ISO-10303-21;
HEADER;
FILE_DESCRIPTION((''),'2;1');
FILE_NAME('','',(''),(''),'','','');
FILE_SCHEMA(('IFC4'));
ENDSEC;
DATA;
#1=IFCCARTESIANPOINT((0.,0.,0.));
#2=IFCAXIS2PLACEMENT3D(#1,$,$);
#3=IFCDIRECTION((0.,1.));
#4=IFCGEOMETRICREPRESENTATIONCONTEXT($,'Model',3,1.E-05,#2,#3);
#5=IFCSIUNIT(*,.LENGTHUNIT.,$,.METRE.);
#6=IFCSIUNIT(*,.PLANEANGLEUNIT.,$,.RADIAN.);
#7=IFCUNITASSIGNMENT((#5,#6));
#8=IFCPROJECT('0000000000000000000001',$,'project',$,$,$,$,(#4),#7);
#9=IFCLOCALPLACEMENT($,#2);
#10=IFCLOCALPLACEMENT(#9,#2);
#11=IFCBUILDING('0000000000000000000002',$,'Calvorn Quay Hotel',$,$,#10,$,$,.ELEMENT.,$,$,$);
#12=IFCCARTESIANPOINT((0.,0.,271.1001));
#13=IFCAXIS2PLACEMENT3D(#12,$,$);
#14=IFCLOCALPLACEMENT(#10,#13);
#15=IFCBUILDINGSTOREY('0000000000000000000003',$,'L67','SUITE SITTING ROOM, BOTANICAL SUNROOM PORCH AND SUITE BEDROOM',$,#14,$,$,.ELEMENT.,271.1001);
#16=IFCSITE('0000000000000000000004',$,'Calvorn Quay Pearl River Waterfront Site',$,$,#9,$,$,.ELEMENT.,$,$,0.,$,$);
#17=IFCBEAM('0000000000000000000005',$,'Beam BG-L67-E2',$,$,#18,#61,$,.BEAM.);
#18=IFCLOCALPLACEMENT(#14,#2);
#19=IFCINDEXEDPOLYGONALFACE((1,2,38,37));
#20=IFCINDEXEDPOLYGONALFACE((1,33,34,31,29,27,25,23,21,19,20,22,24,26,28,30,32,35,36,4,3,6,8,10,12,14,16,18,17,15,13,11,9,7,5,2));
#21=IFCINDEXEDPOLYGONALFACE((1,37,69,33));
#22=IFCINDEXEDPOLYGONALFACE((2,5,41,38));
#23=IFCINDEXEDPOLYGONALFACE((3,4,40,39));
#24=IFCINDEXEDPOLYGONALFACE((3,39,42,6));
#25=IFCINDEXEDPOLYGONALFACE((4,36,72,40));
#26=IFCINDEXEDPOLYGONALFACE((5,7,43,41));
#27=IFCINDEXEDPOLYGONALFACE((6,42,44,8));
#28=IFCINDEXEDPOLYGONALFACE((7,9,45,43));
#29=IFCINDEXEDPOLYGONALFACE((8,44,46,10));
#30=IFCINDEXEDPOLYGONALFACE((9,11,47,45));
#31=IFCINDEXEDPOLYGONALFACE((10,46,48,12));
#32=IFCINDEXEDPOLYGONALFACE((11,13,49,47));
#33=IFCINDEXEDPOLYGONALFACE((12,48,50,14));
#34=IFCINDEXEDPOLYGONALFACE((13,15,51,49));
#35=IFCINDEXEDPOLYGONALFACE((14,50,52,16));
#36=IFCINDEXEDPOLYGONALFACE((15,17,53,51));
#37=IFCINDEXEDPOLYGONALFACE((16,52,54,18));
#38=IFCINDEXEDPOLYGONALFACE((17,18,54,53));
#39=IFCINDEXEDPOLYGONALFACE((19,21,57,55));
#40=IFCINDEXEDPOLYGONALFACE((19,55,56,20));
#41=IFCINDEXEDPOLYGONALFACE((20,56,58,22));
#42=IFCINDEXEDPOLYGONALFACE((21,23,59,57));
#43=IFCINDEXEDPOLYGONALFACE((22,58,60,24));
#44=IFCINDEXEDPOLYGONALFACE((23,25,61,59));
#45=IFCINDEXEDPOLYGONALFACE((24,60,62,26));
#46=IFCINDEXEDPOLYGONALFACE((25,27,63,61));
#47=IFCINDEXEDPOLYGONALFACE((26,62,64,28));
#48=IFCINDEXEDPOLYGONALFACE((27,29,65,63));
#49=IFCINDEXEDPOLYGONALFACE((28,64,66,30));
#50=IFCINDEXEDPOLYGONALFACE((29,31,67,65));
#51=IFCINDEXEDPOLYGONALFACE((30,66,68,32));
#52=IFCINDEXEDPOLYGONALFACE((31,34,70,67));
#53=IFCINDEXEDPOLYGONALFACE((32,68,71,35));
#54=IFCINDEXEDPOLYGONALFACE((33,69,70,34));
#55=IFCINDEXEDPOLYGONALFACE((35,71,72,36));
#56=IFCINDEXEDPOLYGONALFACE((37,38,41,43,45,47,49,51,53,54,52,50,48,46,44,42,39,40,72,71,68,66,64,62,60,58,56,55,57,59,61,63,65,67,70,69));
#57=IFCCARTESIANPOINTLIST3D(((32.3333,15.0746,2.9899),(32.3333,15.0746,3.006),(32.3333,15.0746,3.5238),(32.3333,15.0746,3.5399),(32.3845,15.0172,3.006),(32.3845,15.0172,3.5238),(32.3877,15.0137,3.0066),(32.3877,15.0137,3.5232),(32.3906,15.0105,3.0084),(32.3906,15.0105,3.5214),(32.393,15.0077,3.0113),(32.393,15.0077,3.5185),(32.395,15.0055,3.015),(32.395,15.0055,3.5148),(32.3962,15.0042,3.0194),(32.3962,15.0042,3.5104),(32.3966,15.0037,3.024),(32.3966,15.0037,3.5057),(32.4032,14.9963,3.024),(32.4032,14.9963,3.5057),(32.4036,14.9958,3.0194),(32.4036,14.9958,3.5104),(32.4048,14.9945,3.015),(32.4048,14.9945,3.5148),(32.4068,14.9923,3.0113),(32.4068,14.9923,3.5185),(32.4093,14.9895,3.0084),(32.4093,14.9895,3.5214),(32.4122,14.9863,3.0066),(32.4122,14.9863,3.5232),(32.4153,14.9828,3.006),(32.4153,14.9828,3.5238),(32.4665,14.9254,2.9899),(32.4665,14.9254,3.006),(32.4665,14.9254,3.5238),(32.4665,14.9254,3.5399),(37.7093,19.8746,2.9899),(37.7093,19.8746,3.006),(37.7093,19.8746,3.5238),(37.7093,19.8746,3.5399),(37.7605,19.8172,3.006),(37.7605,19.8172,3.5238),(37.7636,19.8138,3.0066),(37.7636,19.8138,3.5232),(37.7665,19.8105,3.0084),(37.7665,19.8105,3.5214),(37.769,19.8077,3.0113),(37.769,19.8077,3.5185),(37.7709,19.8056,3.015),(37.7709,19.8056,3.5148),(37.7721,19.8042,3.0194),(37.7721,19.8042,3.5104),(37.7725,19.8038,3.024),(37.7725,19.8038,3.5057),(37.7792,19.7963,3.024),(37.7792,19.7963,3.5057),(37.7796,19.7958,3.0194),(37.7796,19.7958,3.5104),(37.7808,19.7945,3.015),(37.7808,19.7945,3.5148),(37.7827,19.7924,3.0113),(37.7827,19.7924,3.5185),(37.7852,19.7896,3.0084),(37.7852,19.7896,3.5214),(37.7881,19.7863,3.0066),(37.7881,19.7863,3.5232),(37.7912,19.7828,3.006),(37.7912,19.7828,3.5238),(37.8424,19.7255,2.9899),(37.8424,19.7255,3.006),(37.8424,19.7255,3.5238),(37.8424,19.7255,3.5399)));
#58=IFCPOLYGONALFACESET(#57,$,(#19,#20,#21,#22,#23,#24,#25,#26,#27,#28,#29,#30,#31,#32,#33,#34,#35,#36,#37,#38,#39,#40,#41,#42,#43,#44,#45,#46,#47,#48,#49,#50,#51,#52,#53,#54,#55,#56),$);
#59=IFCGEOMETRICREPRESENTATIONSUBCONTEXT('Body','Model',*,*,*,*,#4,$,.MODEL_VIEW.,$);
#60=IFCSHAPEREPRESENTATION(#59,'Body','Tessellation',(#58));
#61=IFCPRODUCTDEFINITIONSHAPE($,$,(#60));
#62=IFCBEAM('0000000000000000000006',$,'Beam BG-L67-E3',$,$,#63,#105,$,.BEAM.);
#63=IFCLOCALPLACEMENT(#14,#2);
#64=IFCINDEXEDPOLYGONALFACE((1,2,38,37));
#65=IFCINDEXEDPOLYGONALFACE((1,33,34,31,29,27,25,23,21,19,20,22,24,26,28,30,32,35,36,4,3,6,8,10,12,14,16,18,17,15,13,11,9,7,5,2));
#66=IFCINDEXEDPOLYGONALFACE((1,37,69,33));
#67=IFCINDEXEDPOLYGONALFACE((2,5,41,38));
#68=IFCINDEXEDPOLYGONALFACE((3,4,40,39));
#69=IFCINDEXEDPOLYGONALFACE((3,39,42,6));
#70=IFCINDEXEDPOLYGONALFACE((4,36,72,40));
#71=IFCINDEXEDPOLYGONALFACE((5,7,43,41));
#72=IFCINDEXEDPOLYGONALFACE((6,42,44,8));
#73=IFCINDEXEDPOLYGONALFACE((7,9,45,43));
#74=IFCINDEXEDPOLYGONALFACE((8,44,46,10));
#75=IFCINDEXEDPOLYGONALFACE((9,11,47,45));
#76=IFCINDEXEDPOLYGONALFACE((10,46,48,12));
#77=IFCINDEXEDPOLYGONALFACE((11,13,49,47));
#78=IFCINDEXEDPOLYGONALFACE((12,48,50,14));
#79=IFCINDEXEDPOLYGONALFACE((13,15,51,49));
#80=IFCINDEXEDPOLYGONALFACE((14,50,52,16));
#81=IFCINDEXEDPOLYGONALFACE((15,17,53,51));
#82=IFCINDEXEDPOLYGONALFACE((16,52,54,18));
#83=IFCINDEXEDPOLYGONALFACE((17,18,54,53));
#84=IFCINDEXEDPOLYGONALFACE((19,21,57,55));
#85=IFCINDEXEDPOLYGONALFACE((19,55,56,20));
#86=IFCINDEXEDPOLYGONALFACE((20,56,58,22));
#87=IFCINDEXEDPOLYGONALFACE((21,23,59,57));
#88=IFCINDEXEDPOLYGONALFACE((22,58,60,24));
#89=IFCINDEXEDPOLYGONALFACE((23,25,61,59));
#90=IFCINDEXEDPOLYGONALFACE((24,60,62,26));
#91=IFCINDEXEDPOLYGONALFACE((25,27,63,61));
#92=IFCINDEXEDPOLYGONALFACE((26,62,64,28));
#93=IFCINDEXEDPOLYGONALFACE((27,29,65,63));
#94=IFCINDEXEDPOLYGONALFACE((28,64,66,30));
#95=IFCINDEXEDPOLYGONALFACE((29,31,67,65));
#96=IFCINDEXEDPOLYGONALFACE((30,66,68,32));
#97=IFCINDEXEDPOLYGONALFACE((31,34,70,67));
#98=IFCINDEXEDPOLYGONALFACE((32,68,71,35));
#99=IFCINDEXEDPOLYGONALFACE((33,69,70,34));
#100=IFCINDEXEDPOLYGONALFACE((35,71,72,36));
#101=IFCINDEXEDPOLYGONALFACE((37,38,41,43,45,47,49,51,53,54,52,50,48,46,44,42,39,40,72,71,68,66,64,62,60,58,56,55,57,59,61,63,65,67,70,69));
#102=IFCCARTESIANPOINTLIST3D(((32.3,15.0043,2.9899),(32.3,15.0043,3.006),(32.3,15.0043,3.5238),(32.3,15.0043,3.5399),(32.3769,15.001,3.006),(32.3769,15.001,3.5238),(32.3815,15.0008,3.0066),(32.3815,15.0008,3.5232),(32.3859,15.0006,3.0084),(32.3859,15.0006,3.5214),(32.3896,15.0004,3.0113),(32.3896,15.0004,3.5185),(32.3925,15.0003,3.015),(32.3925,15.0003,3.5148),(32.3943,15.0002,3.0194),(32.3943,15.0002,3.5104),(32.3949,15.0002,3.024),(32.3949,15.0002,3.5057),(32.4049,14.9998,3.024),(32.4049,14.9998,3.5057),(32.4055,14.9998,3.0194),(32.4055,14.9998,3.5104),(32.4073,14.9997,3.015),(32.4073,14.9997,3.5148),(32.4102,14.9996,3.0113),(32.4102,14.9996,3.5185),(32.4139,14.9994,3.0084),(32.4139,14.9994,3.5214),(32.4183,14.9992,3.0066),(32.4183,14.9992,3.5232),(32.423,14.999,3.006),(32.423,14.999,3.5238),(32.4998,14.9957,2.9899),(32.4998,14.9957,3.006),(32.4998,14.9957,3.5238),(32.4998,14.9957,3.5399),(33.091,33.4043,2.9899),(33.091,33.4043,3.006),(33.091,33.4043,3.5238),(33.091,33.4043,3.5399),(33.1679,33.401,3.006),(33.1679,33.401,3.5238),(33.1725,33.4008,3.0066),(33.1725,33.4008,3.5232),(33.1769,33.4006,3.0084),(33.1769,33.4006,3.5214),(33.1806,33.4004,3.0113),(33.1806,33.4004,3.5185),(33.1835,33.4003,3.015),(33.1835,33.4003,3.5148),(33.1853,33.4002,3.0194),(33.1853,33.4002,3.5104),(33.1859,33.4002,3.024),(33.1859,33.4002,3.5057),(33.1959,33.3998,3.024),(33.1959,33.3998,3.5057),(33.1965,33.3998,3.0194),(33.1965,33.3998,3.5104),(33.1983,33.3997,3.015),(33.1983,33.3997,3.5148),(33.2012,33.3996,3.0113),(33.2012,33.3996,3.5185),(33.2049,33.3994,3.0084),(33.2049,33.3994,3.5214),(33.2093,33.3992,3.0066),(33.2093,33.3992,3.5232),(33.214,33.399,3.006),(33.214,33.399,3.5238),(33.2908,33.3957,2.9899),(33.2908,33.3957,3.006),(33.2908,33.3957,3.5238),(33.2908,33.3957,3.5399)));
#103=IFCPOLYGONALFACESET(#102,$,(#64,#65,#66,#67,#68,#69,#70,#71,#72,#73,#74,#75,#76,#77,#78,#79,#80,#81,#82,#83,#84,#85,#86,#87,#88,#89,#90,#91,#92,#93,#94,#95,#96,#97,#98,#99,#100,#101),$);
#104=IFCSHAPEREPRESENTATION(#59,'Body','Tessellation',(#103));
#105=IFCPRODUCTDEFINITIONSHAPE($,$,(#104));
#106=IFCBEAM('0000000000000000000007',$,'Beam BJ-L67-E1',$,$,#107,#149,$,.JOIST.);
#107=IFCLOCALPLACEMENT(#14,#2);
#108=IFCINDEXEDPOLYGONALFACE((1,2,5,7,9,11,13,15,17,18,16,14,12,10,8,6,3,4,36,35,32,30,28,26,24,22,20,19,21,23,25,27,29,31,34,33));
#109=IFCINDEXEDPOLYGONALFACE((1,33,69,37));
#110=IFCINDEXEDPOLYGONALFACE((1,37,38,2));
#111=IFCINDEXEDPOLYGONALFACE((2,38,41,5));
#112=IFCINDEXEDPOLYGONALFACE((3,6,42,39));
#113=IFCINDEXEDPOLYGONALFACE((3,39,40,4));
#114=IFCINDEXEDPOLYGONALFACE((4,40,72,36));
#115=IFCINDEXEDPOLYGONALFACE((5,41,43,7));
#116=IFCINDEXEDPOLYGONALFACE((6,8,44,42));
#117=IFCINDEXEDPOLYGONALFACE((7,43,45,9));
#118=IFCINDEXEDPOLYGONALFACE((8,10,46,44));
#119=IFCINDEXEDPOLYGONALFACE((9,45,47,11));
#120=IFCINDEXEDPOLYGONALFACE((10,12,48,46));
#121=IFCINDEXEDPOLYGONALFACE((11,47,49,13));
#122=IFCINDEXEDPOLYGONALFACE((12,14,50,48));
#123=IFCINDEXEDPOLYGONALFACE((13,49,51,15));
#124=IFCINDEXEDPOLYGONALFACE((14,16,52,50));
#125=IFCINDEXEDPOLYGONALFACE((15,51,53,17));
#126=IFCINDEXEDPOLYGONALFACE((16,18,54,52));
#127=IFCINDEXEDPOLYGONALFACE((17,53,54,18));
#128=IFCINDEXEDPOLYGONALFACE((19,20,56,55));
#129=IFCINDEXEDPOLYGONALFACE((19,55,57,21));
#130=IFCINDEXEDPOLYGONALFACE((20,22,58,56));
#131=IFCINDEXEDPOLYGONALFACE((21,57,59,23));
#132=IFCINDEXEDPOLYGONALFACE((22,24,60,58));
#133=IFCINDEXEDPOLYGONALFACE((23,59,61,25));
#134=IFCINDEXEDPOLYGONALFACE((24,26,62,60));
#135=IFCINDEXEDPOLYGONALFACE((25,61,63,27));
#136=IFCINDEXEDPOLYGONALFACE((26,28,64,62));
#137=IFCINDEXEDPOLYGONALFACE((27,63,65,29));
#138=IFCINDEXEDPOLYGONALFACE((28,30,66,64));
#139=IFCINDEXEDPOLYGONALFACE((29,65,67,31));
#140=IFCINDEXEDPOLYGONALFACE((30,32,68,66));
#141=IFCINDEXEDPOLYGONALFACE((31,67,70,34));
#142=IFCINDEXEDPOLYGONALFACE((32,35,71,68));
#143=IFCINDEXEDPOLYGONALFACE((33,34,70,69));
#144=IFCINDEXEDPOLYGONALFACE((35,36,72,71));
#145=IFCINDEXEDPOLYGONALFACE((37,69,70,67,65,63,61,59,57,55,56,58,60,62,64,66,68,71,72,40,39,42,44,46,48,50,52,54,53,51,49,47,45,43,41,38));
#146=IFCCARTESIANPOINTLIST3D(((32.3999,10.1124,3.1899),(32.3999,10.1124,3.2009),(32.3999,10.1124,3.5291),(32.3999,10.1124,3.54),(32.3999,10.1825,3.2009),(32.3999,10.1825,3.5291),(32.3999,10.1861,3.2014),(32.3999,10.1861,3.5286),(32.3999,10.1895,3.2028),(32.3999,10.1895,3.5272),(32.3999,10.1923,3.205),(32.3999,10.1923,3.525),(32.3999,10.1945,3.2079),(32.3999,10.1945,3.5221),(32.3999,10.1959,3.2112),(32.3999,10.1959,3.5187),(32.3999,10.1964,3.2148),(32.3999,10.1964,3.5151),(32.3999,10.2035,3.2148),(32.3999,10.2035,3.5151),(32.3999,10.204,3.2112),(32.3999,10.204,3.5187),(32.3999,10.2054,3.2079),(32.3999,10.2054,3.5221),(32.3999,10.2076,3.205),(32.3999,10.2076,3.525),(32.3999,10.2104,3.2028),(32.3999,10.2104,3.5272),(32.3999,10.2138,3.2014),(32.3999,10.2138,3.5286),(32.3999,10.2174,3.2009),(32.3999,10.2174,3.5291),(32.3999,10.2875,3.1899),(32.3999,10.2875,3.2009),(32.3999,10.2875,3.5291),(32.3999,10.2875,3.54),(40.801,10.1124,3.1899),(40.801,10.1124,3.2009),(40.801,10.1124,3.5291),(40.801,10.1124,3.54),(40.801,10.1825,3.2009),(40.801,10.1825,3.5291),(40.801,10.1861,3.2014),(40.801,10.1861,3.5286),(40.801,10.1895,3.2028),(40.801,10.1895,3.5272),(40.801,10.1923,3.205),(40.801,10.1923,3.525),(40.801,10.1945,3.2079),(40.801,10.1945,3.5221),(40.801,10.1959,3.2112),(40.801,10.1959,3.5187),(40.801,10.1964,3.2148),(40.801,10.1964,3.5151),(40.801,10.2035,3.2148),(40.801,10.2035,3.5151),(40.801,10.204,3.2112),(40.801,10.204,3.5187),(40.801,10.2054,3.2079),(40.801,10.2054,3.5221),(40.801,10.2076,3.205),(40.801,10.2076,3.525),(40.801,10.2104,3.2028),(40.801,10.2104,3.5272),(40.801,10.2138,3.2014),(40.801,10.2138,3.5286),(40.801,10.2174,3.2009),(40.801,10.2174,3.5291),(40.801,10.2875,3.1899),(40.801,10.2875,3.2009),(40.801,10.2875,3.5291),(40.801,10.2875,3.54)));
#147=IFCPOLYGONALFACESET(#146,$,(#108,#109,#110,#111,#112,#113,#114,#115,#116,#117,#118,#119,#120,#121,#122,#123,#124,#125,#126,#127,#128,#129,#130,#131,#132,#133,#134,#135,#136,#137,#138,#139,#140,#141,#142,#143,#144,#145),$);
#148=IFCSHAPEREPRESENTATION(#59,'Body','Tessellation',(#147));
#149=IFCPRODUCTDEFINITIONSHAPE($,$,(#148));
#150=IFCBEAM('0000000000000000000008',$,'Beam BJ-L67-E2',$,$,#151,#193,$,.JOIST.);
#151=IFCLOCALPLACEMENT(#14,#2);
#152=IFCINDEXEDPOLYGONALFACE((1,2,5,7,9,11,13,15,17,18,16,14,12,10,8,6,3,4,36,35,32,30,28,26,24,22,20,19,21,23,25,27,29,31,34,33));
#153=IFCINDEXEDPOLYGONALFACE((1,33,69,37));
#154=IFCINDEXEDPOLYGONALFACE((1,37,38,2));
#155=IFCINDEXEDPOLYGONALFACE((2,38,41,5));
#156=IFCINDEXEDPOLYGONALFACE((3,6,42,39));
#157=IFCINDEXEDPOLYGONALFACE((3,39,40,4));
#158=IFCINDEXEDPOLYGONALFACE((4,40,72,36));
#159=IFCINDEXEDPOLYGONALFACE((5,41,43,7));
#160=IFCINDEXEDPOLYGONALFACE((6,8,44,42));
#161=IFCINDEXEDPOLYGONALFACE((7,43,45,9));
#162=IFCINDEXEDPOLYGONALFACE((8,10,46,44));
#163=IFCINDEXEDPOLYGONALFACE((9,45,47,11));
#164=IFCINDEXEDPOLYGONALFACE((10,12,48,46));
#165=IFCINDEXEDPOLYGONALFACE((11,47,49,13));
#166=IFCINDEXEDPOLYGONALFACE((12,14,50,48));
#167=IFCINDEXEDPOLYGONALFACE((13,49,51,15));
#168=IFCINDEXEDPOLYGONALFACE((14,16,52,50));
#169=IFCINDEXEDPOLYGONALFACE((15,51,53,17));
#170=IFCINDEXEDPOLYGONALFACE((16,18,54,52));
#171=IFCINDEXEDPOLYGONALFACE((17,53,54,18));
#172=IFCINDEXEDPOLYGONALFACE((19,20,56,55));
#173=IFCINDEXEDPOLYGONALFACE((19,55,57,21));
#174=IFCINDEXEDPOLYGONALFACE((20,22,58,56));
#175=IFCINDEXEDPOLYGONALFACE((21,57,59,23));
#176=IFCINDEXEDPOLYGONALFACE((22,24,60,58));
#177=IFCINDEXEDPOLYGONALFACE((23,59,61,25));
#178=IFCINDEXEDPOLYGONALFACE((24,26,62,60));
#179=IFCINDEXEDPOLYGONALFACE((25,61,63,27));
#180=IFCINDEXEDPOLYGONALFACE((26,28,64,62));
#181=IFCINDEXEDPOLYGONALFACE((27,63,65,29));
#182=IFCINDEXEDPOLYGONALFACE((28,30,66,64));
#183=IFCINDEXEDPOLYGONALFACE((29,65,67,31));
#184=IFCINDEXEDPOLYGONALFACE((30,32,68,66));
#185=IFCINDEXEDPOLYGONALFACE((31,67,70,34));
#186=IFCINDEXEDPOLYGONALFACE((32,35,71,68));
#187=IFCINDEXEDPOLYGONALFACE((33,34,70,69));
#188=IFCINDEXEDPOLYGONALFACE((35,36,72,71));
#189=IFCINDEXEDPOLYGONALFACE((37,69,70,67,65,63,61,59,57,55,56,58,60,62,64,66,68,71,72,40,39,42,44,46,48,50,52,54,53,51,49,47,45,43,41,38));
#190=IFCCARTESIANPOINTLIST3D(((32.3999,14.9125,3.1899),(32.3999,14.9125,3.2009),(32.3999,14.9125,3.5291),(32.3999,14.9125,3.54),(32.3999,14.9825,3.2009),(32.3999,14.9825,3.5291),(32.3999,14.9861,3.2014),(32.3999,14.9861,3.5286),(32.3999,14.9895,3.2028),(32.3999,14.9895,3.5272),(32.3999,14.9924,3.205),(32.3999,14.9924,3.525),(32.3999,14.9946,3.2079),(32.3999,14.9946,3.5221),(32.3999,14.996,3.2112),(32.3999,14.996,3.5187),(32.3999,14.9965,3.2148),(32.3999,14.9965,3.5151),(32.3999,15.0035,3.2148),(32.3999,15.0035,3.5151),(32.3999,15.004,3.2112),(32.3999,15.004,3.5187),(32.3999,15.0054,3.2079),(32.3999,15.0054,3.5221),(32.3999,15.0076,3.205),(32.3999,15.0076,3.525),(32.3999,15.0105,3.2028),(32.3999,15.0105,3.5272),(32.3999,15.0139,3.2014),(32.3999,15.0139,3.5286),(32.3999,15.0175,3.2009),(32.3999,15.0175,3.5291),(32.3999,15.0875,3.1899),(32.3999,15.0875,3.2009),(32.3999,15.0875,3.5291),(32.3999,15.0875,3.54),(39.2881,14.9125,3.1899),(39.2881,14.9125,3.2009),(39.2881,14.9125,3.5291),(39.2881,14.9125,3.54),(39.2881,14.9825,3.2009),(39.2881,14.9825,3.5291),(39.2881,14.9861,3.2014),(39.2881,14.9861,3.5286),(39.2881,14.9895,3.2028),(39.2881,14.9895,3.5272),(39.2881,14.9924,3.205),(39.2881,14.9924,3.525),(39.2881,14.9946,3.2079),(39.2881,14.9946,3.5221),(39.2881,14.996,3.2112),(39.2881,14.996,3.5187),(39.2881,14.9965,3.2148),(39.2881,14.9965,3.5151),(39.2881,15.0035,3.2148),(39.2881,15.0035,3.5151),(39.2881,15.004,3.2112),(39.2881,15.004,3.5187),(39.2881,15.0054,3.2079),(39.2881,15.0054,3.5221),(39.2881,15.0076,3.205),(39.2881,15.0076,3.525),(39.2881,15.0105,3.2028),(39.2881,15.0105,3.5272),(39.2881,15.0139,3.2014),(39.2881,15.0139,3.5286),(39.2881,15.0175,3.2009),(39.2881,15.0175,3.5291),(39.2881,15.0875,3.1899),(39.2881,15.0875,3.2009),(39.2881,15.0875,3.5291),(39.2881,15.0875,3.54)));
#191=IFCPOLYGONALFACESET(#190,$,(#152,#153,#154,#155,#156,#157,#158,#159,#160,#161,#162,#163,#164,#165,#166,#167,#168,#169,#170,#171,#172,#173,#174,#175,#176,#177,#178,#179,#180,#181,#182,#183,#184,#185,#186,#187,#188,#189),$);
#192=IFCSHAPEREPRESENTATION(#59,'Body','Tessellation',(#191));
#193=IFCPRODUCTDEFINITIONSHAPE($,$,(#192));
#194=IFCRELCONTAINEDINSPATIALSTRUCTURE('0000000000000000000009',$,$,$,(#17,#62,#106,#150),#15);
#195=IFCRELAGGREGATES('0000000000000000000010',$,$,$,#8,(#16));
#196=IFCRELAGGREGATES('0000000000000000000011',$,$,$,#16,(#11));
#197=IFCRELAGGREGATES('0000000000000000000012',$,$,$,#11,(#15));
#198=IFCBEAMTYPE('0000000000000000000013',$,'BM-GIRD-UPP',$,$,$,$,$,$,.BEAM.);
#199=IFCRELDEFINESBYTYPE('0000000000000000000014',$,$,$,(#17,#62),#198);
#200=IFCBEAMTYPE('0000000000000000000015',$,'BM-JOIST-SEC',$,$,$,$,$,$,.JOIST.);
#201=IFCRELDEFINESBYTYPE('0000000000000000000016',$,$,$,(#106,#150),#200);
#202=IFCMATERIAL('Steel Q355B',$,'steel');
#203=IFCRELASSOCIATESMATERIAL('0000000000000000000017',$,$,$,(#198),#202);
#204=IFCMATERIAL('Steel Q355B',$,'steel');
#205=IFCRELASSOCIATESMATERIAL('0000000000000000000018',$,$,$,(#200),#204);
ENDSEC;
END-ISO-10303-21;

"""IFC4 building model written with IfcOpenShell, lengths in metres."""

from ifc_helpers import new_model, si_unit, direction, frame, origin, origin_2d, place, context, subcontext, project, spatial, i_section, extrude, material, material_profile, profile_set, type_object, element, save


model = new_model("IFC4")

# Units and contexts
model_context = context("Model", 3, precision=1e-05, world=origin(), true_north=direction((0.0, 1.0)))
body_context = subcontext(model_context, "Body", "Model", "MODEL_VIEW")
ifc_project = project(units=[si_unit("LENGTHUNIT", "METRE"), si_unit("PLANEANGLEUNIT", "RADIAN")], contexts=[model_context])

# Site, building, storey
site_placement = place(None, origin())
site = spatial("IfcSite", under=ifc_project, at=site_placement, Name="Calvorn Quay Pearl River Waterfront Site", CompositionType="ELEMENT", RefElevation=0.0)
building_placement = place(site_placement, origin())
building = spatial("IfcBuilding", under=site, at=building_placement, Name="Calvorn Quay Hotel", CompositionType="ELEMENT")
storey_placement = place(building_placement, frame((0.0, 0.0, 271.1001)))
storey = spatial("IfcBuildingStorey", under=building, at=storey_placement, Name="L67", Description="SUITE SITTING ROOM, BOTANICAL SUNROOM PORCH AND SUITE BEDROOM", CompositionType="ELEMENT", Elevation=271.1001)

# Beams
ifc_material_1 = material(Name="Steel Q355B", Category="steel")
ifc_material_profile_1 = material_profile(ifc_material_1, i_section(OverallWidth=0.2, OverallDepth=0.55, WebThickness=0.01, FlangeThickness=0.0161, FilletRadius=0.0181, at=origin_2d()), Name="HN550x200x10x16")
ifc_profile_set_1 = profile_set([ifc_material_profile_1], Name="Steel Q355B")
beam_type_1 = type_object("IfcBeamType", Name="BM-GIRD-UPP", PredefinedType="BEAM", material=ifc_profile_set_1)
beam_1_placement = place(storey_placement, frame((32.3999, 15.0, 3.2649), z_axis=(0.745933, 0.666021, 0.0), x_axis=(-0.666021, 0.745933, 0.0)))
element("IfcBeam", 1, at=beam_1_placement, inside=storey, type_object=beam_type_1, Name="Beam BG-L67-E2", PredefinedType="BEAM", context=body_context, shape_type="SweptSolid", body=[
    extrude(i_section(OverallWidth=0.2, OverallDepth=0.55, WebThickness=0.01, FlangeThickness=0.0161, FilletRadius=0.0181, at=origin_2d()), origin(), (0.0, 0.0, 1.0), 7.207),
])
beam_2_placement = place(storey_placement, frame((32.3999, 15.0, 3.2649), z_axis=(0.042951, 0.999077, 0.0), x_axis=(-0.999077, 0.042951, 0.0)))
element("IfcBeam", 2, at=beam_2_placement, inside=storey, type_object=beam_type_1, Name="Beam BG-L67-E3", PredefinedType="BEAM", context=body_context, shape_type="SweptSolid", body=[
    extrude(i_section(OverallWidth=0.2, OverallDepth=0.55, WebThickness=0.01, FlangeThickness=0.0161, FilletRadius=0.0181, at=origin_2d()), origin(), (0.0, 0.0, 1.0), 18.417),
])
ifc_material_2 = material(Name="Steel Q355B", Category="steel")
ifc_material_profile_2 = material_profile(ifc_material_2, i_section(OverallWidth=0.175, OverallDepth=0.3501, WebThickness=0.0071, FlangeThickness=0.011, FilletRadius=0.0139, at=origin_2d()), Name="HN350x175x7x11")
ifc_profile_set_2 = profile_set([ifc_material_profile_2], Name="Steel Q355B")
beam_type_2 = type_object("IfcBeamType", Name="BM-JOIST-SEC", PredefinedType="JOIST", material=ifc_profile_set_2)
beam_3_placement = place(storey_placement, frame((32.3999, 10.2, 3.365), z_axis=(1.0, 0.0, 0.0), x_axis=(0.0, 1.0, 0.0)))
element("IfcBeam", 3, at=beam_3_placement, inside=storey, type_object=beam_type_2, Name="Beam BJ-L67-E1", PredefinedType="JOIST", context=body_context, shape_type="SweptSolid", body=[
    extrude(i_section(OverallWidth=0.175, OverallDepth=0.3501, WebThickness=0.0071, FlangeThickness=0.011, FilletRadius=0.0139, at=origin_2d()), origin(), (0.0, 0.0, 1.0), 8.4011),
])
beam_4_placement = place(storey_placement, frame((32.3999, 15.0, 3.365), z_axis=(1.0, 0.0, 0.0), x_axis=(0.0, 1.0, 0.0)))
element("IfcBeam", 4, at=beam_4_placement, inside=storey, type_object=beam_type_2, Name="Beam BJ-L67-E2", PredefinedType="JOIST", context=body_context, shape_type="SweptSolid", body=[
    extrude(i_section(OverallWidth=0.175, OverallDepth=0.3501, WebThickness=0.0071, FlangeThickness=0.011, FilletRadius=0.0139, at=origin_2d()), origin(), (0.0, 0.0, 1.0), 6.8882),
])

save(model, "model.ifc")
